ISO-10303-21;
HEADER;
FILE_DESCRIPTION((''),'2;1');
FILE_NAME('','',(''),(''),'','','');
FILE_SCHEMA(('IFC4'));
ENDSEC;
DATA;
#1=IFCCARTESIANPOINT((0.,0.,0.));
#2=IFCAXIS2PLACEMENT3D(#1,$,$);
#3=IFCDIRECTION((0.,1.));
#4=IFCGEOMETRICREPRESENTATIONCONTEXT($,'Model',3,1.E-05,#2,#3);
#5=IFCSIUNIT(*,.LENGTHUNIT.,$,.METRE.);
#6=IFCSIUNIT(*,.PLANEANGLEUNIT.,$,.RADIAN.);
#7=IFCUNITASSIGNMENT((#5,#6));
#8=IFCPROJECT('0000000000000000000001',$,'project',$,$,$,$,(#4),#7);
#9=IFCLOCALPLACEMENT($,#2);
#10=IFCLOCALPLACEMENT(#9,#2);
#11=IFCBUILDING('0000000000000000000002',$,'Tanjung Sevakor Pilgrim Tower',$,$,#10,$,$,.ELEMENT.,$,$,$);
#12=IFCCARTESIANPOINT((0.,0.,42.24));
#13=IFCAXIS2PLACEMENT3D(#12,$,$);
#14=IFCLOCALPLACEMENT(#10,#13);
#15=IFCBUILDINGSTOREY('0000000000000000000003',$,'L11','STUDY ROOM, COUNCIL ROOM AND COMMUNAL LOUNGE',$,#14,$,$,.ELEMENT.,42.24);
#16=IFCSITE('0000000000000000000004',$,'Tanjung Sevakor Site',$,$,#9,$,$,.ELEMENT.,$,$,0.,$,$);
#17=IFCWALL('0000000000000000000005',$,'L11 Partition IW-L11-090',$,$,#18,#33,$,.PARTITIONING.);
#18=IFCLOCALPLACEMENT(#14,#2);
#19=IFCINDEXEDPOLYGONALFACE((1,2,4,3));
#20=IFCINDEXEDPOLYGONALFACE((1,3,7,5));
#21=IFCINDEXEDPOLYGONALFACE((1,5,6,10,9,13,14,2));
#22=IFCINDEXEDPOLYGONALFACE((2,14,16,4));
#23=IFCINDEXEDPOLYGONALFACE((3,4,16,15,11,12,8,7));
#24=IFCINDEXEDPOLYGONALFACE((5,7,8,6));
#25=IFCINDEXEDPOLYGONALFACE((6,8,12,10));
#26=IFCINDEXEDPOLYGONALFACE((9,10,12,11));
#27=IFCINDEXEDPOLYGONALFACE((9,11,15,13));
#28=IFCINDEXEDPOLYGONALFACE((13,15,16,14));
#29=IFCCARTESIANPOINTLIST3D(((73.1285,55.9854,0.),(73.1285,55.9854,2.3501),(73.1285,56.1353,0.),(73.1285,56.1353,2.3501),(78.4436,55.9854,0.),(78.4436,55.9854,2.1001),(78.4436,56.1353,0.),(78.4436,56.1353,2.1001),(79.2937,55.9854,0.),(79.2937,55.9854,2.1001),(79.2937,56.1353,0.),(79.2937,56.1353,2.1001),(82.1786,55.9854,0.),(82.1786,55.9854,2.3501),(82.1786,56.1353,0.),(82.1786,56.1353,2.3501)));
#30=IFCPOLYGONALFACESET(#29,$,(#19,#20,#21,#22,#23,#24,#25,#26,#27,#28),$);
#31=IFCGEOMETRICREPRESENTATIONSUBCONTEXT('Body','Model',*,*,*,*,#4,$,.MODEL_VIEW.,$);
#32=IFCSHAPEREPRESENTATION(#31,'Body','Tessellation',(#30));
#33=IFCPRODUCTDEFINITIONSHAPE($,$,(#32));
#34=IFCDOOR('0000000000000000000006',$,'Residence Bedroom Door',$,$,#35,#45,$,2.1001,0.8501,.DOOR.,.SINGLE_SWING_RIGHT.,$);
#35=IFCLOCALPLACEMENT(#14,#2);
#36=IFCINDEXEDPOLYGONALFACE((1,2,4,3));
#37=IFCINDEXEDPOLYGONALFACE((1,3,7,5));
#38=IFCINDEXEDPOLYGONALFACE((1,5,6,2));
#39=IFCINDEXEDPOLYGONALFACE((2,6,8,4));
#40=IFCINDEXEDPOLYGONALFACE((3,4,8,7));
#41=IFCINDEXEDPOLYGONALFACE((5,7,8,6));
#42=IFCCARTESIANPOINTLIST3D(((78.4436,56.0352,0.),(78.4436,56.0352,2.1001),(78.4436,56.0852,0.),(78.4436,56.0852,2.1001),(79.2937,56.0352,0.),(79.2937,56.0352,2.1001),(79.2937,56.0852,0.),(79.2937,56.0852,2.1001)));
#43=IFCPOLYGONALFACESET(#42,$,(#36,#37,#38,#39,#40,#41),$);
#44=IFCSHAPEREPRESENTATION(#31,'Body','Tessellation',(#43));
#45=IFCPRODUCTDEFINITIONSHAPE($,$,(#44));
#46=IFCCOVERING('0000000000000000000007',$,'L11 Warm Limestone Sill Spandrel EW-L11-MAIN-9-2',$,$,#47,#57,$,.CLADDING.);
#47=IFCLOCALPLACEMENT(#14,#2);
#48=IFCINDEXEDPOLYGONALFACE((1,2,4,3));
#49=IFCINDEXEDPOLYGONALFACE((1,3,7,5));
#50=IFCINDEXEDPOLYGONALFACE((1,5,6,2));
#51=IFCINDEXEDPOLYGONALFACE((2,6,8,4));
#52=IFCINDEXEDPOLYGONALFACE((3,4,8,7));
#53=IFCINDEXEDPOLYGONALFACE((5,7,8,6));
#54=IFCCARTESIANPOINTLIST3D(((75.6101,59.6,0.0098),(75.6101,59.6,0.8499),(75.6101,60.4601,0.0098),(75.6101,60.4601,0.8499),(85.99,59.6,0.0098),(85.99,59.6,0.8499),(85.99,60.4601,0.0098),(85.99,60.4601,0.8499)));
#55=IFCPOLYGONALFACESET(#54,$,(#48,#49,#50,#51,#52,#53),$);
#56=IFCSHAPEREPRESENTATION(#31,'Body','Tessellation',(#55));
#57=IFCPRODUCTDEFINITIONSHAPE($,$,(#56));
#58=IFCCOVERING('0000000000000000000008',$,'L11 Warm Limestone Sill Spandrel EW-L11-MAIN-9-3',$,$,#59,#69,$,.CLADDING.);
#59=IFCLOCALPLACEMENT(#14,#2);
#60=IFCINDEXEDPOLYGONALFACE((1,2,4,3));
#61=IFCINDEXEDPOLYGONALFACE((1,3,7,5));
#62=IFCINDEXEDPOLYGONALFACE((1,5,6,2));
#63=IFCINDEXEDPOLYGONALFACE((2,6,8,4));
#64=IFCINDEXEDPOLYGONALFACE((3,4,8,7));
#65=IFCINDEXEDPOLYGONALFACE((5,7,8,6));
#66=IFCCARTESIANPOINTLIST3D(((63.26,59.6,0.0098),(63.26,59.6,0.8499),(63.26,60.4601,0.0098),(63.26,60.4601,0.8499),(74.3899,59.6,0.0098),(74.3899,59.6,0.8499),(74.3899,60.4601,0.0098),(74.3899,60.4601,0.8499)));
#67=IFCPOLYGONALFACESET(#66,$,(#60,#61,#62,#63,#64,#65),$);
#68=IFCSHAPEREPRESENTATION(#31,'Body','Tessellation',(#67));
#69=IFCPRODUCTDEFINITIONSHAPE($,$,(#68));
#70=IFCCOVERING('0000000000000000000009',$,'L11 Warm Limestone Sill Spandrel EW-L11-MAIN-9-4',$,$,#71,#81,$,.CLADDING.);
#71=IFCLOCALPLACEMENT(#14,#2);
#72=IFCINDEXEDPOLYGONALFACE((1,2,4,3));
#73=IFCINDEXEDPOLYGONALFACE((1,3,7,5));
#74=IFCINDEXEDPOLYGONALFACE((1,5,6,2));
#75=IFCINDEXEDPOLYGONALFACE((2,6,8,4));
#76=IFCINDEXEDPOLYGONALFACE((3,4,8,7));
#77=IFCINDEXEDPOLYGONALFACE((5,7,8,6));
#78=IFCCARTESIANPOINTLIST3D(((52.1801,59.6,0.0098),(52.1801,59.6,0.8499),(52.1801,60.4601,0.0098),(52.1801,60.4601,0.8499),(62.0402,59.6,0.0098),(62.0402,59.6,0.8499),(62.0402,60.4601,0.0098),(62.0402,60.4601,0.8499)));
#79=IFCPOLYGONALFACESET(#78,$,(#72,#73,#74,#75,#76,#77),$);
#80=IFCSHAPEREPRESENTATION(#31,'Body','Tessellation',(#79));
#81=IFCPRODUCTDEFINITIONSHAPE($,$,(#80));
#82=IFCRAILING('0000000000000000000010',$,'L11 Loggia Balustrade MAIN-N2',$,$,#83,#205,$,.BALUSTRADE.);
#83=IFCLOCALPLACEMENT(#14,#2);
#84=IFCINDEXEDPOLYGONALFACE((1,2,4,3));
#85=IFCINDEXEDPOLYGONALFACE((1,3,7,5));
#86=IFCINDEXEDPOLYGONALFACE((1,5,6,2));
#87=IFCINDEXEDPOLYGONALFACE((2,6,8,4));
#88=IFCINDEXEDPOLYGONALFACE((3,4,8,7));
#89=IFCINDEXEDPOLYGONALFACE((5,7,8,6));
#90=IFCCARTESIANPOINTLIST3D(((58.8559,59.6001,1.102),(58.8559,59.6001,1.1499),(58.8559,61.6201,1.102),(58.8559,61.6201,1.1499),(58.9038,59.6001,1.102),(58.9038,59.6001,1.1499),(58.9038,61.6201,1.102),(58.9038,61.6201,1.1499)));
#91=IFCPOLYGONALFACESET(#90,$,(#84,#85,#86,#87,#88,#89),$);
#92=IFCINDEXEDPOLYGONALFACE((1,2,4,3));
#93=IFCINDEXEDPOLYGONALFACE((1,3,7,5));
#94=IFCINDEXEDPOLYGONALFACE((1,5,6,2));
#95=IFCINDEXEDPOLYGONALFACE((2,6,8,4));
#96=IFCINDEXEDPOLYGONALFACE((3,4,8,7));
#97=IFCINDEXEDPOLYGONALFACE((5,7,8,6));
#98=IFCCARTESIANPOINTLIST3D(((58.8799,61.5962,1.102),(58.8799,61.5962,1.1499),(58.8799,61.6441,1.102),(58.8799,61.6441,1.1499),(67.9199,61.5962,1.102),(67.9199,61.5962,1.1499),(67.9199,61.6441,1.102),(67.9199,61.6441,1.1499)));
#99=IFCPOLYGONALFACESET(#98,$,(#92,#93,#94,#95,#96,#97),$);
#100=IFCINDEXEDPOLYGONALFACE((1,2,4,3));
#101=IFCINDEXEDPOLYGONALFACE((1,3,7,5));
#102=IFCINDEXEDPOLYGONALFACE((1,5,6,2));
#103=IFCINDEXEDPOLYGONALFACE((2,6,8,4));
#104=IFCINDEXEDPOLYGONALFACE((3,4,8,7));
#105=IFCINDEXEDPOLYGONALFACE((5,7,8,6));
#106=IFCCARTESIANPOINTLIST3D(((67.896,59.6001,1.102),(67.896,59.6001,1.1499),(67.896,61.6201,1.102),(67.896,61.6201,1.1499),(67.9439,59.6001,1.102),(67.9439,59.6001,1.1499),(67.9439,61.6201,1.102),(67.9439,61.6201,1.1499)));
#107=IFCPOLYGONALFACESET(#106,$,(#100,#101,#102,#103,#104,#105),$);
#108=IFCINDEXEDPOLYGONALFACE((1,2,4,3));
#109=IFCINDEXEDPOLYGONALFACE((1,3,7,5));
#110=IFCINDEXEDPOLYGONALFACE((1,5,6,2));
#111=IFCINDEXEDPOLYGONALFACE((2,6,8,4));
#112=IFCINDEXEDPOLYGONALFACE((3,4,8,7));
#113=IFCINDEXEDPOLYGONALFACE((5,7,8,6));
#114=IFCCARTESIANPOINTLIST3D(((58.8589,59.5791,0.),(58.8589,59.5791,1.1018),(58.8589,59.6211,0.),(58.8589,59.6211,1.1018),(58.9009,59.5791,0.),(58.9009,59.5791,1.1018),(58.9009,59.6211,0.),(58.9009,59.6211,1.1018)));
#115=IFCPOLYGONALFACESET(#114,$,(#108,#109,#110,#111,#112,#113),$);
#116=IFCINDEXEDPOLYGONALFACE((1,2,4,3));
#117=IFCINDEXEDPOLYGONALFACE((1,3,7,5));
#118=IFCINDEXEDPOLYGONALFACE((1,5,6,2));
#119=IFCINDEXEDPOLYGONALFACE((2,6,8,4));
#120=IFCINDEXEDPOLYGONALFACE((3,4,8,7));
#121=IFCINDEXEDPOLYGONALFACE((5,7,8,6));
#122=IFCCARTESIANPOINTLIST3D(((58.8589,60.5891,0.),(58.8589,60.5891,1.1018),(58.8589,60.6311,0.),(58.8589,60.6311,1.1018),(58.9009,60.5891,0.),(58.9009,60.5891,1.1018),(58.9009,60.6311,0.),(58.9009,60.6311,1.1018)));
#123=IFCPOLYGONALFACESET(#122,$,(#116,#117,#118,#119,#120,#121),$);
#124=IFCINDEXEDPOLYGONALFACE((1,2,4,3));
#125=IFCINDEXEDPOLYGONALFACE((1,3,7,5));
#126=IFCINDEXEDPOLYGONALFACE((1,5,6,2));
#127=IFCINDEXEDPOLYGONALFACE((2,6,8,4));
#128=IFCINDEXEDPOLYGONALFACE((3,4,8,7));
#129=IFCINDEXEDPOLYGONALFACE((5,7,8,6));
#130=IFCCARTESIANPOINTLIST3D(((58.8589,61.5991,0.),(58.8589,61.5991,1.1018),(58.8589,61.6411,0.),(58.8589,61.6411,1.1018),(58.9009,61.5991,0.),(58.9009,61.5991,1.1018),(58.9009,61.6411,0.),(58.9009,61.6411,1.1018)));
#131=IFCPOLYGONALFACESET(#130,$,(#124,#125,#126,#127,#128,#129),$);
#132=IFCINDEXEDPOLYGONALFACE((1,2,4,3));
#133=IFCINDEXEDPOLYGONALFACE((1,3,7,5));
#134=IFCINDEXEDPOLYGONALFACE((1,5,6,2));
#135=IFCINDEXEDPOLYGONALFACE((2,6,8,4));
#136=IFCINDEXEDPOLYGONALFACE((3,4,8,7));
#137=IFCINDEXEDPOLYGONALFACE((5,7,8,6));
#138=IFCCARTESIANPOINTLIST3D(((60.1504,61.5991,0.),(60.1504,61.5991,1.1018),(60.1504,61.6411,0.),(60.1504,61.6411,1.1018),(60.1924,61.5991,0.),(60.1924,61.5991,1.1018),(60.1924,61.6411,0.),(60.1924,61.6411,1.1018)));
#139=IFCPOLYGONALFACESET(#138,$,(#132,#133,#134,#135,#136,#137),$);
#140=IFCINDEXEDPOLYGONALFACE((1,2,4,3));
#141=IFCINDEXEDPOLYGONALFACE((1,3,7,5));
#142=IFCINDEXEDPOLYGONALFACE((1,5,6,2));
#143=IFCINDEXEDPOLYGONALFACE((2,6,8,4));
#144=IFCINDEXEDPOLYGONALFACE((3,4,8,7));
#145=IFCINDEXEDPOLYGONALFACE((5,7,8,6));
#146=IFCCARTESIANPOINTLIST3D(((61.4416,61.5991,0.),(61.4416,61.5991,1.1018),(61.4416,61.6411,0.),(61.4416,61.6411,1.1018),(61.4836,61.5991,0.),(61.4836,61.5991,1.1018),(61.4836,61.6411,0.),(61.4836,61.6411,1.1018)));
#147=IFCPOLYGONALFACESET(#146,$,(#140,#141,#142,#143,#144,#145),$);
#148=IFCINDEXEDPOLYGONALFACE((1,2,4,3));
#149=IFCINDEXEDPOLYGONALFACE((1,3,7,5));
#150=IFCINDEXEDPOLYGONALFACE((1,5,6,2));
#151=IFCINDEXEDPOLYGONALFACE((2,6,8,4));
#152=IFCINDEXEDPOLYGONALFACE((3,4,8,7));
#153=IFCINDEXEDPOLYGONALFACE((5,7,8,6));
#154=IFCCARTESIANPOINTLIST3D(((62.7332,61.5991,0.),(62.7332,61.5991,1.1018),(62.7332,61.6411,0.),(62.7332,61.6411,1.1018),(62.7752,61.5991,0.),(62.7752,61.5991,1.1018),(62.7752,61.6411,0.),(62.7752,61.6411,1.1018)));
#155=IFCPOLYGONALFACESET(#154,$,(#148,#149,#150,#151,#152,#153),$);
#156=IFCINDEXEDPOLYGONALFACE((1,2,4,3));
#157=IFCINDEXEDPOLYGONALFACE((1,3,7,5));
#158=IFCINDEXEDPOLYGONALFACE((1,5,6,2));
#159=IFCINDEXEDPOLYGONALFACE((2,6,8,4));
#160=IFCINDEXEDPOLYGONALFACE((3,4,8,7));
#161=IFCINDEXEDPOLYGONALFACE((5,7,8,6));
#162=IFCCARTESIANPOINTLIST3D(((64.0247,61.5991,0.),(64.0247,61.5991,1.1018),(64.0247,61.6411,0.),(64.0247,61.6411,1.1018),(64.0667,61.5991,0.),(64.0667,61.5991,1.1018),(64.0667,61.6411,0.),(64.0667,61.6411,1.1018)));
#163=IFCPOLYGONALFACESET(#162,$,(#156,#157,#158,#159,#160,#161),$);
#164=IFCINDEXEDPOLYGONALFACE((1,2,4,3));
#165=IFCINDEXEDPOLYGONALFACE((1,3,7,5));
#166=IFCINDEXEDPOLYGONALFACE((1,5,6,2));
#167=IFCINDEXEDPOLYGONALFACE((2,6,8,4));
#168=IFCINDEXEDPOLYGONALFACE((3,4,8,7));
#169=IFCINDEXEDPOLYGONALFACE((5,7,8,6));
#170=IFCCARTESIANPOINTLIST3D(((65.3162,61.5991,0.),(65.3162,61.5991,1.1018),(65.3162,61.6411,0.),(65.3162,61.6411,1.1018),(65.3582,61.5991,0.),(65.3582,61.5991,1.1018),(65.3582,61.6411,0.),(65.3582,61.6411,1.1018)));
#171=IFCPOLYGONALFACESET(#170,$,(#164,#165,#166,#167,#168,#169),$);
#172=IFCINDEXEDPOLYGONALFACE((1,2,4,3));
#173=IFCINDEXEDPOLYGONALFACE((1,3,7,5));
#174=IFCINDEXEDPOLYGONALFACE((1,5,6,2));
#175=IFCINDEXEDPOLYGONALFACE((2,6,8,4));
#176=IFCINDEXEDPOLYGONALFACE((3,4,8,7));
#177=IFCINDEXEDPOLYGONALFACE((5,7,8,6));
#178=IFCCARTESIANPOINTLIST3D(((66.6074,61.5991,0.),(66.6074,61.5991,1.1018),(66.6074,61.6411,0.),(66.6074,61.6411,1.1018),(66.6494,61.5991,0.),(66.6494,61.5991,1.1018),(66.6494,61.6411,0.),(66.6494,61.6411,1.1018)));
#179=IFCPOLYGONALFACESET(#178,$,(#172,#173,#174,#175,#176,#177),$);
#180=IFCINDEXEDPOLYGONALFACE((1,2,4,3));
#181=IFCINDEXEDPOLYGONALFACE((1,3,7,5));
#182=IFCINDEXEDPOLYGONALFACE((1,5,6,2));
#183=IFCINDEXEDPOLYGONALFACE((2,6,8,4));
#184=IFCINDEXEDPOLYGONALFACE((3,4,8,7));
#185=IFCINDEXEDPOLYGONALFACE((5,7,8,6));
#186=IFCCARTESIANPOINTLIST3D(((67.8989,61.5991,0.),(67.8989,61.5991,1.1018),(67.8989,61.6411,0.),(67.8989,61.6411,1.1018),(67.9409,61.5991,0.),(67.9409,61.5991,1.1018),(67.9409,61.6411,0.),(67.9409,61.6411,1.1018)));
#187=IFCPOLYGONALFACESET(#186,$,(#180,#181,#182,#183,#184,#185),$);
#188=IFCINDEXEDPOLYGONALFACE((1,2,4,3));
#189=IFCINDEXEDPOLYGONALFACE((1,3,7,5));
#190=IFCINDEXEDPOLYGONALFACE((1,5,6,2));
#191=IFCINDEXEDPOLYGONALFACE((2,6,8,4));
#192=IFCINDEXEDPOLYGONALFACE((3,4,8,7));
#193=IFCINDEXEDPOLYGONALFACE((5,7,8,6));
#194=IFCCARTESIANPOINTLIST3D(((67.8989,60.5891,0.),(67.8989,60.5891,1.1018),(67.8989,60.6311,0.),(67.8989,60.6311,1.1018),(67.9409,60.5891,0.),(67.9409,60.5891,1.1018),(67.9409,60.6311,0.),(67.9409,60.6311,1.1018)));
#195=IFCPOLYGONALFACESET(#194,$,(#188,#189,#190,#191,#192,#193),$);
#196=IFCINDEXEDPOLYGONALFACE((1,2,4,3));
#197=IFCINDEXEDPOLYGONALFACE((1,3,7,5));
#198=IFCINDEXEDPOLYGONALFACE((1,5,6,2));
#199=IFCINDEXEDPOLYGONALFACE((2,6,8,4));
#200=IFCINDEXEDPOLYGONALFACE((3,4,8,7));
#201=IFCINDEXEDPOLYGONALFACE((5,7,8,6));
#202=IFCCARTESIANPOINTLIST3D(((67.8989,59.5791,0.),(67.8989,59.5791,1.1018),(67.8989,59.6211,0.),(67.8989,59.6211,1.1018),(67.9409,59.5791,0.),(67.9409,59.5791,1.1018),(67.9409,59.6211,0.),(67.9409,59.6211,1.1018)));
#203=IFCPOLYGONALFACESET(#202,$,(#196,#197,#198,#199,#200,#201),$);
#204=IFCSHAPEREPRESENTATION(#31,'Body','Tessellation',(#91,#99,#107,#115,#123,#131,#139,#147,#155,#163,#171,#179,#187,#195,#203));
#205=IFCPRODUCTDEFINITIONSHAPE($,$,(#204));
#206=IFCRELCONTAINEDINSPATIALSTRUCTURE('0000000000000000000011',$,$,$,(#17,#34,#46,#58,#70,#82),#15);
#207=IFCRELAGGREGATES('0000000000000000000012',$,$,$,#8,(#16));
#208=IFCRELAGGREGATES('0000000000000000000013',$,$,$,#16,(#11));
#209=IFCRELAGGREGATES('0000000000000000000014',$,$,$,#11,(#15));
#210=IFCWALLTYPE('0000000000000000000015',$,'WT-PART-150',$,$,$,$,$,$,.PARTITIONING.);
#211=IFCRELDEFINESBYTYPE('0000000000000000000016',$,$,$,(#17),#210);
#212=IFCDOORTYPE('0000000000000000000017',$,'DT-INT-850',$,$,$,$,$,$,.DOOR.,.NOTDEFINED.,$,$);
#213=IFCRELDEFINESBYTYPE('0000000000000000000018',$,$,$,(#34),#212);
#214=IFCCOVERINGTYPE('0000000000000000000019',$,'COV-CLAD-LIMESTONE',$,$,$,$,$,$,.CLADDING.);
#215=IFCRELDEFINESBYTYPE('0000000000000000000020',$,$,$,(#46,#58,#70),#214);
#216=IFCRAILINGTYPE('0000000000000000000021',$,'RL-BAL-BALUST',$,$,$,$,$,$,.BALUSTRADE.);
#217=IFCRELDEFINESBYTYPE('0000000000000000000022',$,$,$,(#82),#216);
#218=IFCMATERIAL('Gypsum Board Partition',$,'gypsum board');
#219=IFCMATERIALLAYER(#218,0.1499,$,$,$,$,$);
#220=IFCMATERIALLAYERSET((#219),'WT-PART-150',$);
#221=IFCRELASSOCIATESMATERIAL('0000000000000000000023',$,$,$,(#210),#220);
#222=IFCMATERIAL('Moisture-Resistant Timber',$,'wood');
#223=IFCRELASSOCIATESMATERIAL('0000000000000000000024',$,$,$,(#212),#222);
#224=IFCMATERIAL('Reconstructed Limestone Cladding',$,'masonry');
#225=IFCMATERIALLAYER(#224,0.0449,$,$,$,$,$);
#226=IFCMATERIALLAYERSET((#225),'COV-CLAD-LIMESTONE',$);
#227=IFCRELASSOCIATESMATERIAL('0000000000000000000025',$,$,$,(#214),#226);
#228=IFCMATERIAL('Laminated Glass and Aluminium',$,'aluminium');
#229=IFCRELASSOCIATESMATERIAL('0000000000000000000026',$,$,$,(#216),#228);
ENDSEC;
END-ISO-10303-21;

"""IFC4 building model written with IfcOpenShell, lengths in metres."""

from ifc_helpers import new_model, si_unit, direction, frame, frame_2d, origin, origin_2d, place, context, subcontext, project, spatial, rectangle, extrude, material, layer, layer_set, type_object, element, fill, save


model = new_model("IFC4")

# Units and contexts
model_context = context("Model", 3, precision=1e-05, world=origin(), true_north=direction((0.0, 1.0)))
body_context = subcontext(model_context, "Body", "Model", "MODEL_VIEW")
ifc_project = project(units=[si_unit("LENGTHUNIT", "METRE"), si_unit("PLANEANGLEUNIT", "RADIAN")], contexts=[model_context])

# Site, building, storey
site_placement = place(None, origin())
site = spatial("IfcSite", under=ifc_project, at=site_placement, Name="Tanjung Sevakor Site", CompositionType="ELEMENT", RefElevation=0.0)
building_placement = place(site_placement, origin())
building = spatial("IfcBuilding", under=site, at=building_placement, Name="Tanjung Sevakor Pilgrim Tower", CompositionType="ELEMENT")
storey_placement = place(building_placement, frame((0.0, 0.0, 42.24)))
storey = spatial("IfcBuildingStorey", under=building, at=storey_placement, Name="L11", Description="STUDY ROOM, COUNCIL ROOM AND COMMUNAL LOUNGE", CompositionType="ELEMENT", Elevation=42.24)

# Shared definitions
ifc_material_1 = material(Name="Gypsum Board Partition", Category="gypsum board")
ifc_layer_1 = layer(ifc_material_1, 0.1499)
ifc_layer_set_1 = layer_set([ifc_layer_1], Name="WT-PART-150")
wall_type_1 = type_object("IfcWallType", Name="WT-PART-150", PredefinedType="PARTITIONING", material=ifc_layer_set_1)

# Shared definitions
ifc_material_2 = material(Name="Moisture-Resistant Timber", Category="wood")
door_type_1 = type_object("IfcDoorType", Name="DT-INT-850", OperationType="NOTDEFINED", PredefinedType="DOOR", material=ifc_material_2)

# Wall, opening, door
wall_1_placement = place(storey_placement, frame((73.1287, 56.0603, 0.0), z_axis=(0.0, 0.0, 1.0), x_axis=(1.0, 0.0, 0.0)))
wall_1 = element("IfcWall", 1, at=wall_1_placement, inside=storey, type_object=wall_type_1, Name="L11 Partition IW-L11-090", PredefinedType="PARTITIONING", context=body_context, shape_type="SweptSolid", body=[
    extrude(rectangle(XDim=9.05, YDim=0.1499, at=frame_2d((4.5249, 0.0))), origin(), (0.0, 0.0, 1.0), 2.3501),
])
opening_1_placement = place(wall_1_placement, frame((5.3149, 0.0, 0.0)))
opening_1 = element("IfcOpeningElement", 2, at=opening_1_placement, cuts=wall_1, PredefinedType="OPENING", context=body_context, shape_type="SweptSolid", body=[
    extrude(rectangle(XDim=0.8501, YDim=2.1001, at=frame_2d((0.425, 1.05))), frame((0.0, 0.085, 0.0), z_axis=(0.0, -1.0, 0.0), x_axis=(1.0, 0.0, 0.0)), (0.0, 0.0, 1.0), 0.1699),
])
door_1_placement = place(opening_1_placement, origin())
door_1 = element("IfcDoor", 3, at=door_1_placement, inside=storey, type_object=door_type_1, Name="Residence Bedroom Door", OperationType="SINGLE_SWING_RIGHT", OverallHeight=2.1001, OverallWidth=0.8501, PredefinedType="DOOR", context=body_context, shape_type="SweptSolid", body=[
    extrude(rectangle(XDim=0.8501, YDim=2.1001, at=frame_2d((0.425, 1.05))), frame((0.0, 0.0249, 0.0), z_axis=(0.0, -1.0, 0.0), x_axis=(1.0, 0.0, 0.0)), (0.0, 0.0, 1.0), 0.05),
])
fill(opening_1, door_1)

# Coverings
ifc_material_3 = material(Name="Reconstructed Limestone Cladding", Category="masonry")
ifc_layer_2 = layer(ifc_material_3, 0.0449)
ifc_layer_set_2 = layer_set([ifc_layer_2], Name="COV-CLAD-LIMESTONE")
covering_type = type_object("IfcCoveringType", Name="COV-CLAD-LIMESTONE", PredefinedType="CLADDING", material=ifc_layer_set_2)
covering_1_placement = place(storey_placement, frame((80.8, 60.03, 0.0098), z_axis=(0.0, 0.0, 1.0), x_axis=(-1.0, 0.0, 0.0)))
element("IfcCovering", 4, at=covering_1_placement, inside=storey, type_object=covering_type, Name="L11 Warm Limestone Sill Spandrel EW-L11-MAIN-9-2", PredefinedType="CLADDING", context=body_context, shape_type="SweptSolid", body=[
    extrude(rectangle(XDim=10.3799, YDim=0.8601, at=origin_2d()), origin(), (0.0, 0.0, 1.0), 0.8401),
])
covering_2_placement = place(storey_placement, frame((68.825, 60.03, 0.0098), z_axis=(0.0, 0.0, 1.0), x_axis=(-1.0, 0.0, 0.0)))
element("IfcCovering", 5, at=covering_2_placement, inside=storey, type_object=covering_type, Name="L11 Warm Limestone Sill Spandrel EW-L11-MAIN-9-3", PredefinedType="CLADDING", context=body_context, shape_type="SweptSolid", body=[
    extrude(rectangle(XDim=11.1299, YDim=0.8601, at=origin_2d()), origin(), (0.0, 0.0, 1.0), 0.8401),
])
covering_3_placement = place(storey_placement, frame((57.1101, 60.03, 0.0098), z_axis=(0.0, 0.0, 1.0), x_axis=(-1.0, 0.0, 0.0)))
element("IfcCovering", 6, at=covering_3_placement, inside=storey, type_object=covering_type, Name="L11 Warm Limestone Sill Spandrel EW-L11-MAIN-9-4", PredefinedType="CLADDING", context=body_context, shape_type="SweptSolid", body=[
    extrude(rectangle(XDim=9.8601, YDim=0.8601, at=origin_2d()), origin(), (0.0, 0.0, 1.0), 0.8401),
])

# Railing
ifc_material_4 = material(Name="Laminated Glass and Aluminium", Category="aluminium")
railing_type_1 = type_object("IfcRailingType", Name="RL-BAL-BALUST", PredefinedType="BALUSTRADE", material=ifc_material_4)
railing_1_placement = place(storey_placement, frame((58.8799, 59.6001, 0.0)))
element("IfcRailing", 7, at=railing_1_placement, inside=storey, type_object=railing_type_1, Name="L11 Loggia Balustrade MAIN-N2", PredefinedType="BALUSTRADE", context=body_context, shape_type="SweptSolid", body=[
    extrude(rectangle(XDim=0.0479, YDim=0.0479), frame((0.0, 0.0, 1.126), z_axis=(0.0, 1.0, 0.0), x_axis=(-1.0, 0.0, 0.0)), (0.0, 0.0, 1.0), 2.02),
    extrude(rectangle(XDim=0.0479, YDim=0.0479), frame((0.0, 2.02, 1.126), z_axis=(1.0, 0.0, 0.0), x_axis=(0.0, 1.0, 0.0)), (0.0, 0.0, 1.0), 9.04),
    extrude(rectangle(XDim=0.0479, YDim=0.0479), frame((9.04, 2.02, 1.126), z_axis=(0.0, -1.0, 0.0), x_axis=(1.0, 0.0, 0.0)), (0.0, 0.0, 1.0), 2.02),
    extrude(rectangle(XDim=0.042, YDim=0.042), origin(), (0.0, 0.0, 1.0), 1.1018),
    extrude(rectangle(XDim=0.042, YDim=0.042), frame((0.0, 1.01, 0.0)), (0.0, 0.0, 1.0), 1.1018),
    extrude(rectangle(XDim=0.042, YDim=0.042), frame((0.0, 2.02, 0.0)), (0.0, 0.0, 1.0), 1.1018),
    extrude(rectangle(XDim=0.042, YDim=0.042), frame((1.2915, 2.02, 0.0)), (0.0, 0.0, 1.0), 1.1018),
    extrude(rectangle(XDim=0.042, YDim=0.042), frame((2.5828, 2.02, 0.0)), (0.0, 0.0, 1.0), 1.1018),
    extrude(rectangle(XDim=0.042, YDim=0.042), frame((3.8743, 2.02, 0.0)), (0.0, 0.0, 1.0), 1.1018),
    extrude(rectangle(XDim=0.042, YDim=0.042), frame((5.1658, 2.02, 0.0)), (0.0, 0.0, 1.0), 1.1018),
    extrude(rectangle(XDim=0.042, YDim=0.042), frame((6.4573, 2.02, 0.0)), (0.0, 0.0, 1.0), 1.1018),
    extrude(rectangle(XDim=0.042, YDim=0.042), frame((7.7485, 2.02, 0.0)), (0.0, 0.0, 1.0), 1.1018),
    extrude(rectangle(XDim=0.042, YDim=0.042), frame((9.04, 2.02, 0.0)), (0.0, 0.0, 1.0), 1.1018),
    extrude(rectangle(XDim=0.042, YDim=0.042), frame((9.04, 1.01, 0.0)), (0.0, 0.0, 1.0), 1.1018),
    extrude(rectangle(XDim=0.042, YDim=0.042), frame((9.04, 0.0, 0.0)), (0.0, 0.0, 1.0), 1.1018),
])

save(model, "model.ifc")
